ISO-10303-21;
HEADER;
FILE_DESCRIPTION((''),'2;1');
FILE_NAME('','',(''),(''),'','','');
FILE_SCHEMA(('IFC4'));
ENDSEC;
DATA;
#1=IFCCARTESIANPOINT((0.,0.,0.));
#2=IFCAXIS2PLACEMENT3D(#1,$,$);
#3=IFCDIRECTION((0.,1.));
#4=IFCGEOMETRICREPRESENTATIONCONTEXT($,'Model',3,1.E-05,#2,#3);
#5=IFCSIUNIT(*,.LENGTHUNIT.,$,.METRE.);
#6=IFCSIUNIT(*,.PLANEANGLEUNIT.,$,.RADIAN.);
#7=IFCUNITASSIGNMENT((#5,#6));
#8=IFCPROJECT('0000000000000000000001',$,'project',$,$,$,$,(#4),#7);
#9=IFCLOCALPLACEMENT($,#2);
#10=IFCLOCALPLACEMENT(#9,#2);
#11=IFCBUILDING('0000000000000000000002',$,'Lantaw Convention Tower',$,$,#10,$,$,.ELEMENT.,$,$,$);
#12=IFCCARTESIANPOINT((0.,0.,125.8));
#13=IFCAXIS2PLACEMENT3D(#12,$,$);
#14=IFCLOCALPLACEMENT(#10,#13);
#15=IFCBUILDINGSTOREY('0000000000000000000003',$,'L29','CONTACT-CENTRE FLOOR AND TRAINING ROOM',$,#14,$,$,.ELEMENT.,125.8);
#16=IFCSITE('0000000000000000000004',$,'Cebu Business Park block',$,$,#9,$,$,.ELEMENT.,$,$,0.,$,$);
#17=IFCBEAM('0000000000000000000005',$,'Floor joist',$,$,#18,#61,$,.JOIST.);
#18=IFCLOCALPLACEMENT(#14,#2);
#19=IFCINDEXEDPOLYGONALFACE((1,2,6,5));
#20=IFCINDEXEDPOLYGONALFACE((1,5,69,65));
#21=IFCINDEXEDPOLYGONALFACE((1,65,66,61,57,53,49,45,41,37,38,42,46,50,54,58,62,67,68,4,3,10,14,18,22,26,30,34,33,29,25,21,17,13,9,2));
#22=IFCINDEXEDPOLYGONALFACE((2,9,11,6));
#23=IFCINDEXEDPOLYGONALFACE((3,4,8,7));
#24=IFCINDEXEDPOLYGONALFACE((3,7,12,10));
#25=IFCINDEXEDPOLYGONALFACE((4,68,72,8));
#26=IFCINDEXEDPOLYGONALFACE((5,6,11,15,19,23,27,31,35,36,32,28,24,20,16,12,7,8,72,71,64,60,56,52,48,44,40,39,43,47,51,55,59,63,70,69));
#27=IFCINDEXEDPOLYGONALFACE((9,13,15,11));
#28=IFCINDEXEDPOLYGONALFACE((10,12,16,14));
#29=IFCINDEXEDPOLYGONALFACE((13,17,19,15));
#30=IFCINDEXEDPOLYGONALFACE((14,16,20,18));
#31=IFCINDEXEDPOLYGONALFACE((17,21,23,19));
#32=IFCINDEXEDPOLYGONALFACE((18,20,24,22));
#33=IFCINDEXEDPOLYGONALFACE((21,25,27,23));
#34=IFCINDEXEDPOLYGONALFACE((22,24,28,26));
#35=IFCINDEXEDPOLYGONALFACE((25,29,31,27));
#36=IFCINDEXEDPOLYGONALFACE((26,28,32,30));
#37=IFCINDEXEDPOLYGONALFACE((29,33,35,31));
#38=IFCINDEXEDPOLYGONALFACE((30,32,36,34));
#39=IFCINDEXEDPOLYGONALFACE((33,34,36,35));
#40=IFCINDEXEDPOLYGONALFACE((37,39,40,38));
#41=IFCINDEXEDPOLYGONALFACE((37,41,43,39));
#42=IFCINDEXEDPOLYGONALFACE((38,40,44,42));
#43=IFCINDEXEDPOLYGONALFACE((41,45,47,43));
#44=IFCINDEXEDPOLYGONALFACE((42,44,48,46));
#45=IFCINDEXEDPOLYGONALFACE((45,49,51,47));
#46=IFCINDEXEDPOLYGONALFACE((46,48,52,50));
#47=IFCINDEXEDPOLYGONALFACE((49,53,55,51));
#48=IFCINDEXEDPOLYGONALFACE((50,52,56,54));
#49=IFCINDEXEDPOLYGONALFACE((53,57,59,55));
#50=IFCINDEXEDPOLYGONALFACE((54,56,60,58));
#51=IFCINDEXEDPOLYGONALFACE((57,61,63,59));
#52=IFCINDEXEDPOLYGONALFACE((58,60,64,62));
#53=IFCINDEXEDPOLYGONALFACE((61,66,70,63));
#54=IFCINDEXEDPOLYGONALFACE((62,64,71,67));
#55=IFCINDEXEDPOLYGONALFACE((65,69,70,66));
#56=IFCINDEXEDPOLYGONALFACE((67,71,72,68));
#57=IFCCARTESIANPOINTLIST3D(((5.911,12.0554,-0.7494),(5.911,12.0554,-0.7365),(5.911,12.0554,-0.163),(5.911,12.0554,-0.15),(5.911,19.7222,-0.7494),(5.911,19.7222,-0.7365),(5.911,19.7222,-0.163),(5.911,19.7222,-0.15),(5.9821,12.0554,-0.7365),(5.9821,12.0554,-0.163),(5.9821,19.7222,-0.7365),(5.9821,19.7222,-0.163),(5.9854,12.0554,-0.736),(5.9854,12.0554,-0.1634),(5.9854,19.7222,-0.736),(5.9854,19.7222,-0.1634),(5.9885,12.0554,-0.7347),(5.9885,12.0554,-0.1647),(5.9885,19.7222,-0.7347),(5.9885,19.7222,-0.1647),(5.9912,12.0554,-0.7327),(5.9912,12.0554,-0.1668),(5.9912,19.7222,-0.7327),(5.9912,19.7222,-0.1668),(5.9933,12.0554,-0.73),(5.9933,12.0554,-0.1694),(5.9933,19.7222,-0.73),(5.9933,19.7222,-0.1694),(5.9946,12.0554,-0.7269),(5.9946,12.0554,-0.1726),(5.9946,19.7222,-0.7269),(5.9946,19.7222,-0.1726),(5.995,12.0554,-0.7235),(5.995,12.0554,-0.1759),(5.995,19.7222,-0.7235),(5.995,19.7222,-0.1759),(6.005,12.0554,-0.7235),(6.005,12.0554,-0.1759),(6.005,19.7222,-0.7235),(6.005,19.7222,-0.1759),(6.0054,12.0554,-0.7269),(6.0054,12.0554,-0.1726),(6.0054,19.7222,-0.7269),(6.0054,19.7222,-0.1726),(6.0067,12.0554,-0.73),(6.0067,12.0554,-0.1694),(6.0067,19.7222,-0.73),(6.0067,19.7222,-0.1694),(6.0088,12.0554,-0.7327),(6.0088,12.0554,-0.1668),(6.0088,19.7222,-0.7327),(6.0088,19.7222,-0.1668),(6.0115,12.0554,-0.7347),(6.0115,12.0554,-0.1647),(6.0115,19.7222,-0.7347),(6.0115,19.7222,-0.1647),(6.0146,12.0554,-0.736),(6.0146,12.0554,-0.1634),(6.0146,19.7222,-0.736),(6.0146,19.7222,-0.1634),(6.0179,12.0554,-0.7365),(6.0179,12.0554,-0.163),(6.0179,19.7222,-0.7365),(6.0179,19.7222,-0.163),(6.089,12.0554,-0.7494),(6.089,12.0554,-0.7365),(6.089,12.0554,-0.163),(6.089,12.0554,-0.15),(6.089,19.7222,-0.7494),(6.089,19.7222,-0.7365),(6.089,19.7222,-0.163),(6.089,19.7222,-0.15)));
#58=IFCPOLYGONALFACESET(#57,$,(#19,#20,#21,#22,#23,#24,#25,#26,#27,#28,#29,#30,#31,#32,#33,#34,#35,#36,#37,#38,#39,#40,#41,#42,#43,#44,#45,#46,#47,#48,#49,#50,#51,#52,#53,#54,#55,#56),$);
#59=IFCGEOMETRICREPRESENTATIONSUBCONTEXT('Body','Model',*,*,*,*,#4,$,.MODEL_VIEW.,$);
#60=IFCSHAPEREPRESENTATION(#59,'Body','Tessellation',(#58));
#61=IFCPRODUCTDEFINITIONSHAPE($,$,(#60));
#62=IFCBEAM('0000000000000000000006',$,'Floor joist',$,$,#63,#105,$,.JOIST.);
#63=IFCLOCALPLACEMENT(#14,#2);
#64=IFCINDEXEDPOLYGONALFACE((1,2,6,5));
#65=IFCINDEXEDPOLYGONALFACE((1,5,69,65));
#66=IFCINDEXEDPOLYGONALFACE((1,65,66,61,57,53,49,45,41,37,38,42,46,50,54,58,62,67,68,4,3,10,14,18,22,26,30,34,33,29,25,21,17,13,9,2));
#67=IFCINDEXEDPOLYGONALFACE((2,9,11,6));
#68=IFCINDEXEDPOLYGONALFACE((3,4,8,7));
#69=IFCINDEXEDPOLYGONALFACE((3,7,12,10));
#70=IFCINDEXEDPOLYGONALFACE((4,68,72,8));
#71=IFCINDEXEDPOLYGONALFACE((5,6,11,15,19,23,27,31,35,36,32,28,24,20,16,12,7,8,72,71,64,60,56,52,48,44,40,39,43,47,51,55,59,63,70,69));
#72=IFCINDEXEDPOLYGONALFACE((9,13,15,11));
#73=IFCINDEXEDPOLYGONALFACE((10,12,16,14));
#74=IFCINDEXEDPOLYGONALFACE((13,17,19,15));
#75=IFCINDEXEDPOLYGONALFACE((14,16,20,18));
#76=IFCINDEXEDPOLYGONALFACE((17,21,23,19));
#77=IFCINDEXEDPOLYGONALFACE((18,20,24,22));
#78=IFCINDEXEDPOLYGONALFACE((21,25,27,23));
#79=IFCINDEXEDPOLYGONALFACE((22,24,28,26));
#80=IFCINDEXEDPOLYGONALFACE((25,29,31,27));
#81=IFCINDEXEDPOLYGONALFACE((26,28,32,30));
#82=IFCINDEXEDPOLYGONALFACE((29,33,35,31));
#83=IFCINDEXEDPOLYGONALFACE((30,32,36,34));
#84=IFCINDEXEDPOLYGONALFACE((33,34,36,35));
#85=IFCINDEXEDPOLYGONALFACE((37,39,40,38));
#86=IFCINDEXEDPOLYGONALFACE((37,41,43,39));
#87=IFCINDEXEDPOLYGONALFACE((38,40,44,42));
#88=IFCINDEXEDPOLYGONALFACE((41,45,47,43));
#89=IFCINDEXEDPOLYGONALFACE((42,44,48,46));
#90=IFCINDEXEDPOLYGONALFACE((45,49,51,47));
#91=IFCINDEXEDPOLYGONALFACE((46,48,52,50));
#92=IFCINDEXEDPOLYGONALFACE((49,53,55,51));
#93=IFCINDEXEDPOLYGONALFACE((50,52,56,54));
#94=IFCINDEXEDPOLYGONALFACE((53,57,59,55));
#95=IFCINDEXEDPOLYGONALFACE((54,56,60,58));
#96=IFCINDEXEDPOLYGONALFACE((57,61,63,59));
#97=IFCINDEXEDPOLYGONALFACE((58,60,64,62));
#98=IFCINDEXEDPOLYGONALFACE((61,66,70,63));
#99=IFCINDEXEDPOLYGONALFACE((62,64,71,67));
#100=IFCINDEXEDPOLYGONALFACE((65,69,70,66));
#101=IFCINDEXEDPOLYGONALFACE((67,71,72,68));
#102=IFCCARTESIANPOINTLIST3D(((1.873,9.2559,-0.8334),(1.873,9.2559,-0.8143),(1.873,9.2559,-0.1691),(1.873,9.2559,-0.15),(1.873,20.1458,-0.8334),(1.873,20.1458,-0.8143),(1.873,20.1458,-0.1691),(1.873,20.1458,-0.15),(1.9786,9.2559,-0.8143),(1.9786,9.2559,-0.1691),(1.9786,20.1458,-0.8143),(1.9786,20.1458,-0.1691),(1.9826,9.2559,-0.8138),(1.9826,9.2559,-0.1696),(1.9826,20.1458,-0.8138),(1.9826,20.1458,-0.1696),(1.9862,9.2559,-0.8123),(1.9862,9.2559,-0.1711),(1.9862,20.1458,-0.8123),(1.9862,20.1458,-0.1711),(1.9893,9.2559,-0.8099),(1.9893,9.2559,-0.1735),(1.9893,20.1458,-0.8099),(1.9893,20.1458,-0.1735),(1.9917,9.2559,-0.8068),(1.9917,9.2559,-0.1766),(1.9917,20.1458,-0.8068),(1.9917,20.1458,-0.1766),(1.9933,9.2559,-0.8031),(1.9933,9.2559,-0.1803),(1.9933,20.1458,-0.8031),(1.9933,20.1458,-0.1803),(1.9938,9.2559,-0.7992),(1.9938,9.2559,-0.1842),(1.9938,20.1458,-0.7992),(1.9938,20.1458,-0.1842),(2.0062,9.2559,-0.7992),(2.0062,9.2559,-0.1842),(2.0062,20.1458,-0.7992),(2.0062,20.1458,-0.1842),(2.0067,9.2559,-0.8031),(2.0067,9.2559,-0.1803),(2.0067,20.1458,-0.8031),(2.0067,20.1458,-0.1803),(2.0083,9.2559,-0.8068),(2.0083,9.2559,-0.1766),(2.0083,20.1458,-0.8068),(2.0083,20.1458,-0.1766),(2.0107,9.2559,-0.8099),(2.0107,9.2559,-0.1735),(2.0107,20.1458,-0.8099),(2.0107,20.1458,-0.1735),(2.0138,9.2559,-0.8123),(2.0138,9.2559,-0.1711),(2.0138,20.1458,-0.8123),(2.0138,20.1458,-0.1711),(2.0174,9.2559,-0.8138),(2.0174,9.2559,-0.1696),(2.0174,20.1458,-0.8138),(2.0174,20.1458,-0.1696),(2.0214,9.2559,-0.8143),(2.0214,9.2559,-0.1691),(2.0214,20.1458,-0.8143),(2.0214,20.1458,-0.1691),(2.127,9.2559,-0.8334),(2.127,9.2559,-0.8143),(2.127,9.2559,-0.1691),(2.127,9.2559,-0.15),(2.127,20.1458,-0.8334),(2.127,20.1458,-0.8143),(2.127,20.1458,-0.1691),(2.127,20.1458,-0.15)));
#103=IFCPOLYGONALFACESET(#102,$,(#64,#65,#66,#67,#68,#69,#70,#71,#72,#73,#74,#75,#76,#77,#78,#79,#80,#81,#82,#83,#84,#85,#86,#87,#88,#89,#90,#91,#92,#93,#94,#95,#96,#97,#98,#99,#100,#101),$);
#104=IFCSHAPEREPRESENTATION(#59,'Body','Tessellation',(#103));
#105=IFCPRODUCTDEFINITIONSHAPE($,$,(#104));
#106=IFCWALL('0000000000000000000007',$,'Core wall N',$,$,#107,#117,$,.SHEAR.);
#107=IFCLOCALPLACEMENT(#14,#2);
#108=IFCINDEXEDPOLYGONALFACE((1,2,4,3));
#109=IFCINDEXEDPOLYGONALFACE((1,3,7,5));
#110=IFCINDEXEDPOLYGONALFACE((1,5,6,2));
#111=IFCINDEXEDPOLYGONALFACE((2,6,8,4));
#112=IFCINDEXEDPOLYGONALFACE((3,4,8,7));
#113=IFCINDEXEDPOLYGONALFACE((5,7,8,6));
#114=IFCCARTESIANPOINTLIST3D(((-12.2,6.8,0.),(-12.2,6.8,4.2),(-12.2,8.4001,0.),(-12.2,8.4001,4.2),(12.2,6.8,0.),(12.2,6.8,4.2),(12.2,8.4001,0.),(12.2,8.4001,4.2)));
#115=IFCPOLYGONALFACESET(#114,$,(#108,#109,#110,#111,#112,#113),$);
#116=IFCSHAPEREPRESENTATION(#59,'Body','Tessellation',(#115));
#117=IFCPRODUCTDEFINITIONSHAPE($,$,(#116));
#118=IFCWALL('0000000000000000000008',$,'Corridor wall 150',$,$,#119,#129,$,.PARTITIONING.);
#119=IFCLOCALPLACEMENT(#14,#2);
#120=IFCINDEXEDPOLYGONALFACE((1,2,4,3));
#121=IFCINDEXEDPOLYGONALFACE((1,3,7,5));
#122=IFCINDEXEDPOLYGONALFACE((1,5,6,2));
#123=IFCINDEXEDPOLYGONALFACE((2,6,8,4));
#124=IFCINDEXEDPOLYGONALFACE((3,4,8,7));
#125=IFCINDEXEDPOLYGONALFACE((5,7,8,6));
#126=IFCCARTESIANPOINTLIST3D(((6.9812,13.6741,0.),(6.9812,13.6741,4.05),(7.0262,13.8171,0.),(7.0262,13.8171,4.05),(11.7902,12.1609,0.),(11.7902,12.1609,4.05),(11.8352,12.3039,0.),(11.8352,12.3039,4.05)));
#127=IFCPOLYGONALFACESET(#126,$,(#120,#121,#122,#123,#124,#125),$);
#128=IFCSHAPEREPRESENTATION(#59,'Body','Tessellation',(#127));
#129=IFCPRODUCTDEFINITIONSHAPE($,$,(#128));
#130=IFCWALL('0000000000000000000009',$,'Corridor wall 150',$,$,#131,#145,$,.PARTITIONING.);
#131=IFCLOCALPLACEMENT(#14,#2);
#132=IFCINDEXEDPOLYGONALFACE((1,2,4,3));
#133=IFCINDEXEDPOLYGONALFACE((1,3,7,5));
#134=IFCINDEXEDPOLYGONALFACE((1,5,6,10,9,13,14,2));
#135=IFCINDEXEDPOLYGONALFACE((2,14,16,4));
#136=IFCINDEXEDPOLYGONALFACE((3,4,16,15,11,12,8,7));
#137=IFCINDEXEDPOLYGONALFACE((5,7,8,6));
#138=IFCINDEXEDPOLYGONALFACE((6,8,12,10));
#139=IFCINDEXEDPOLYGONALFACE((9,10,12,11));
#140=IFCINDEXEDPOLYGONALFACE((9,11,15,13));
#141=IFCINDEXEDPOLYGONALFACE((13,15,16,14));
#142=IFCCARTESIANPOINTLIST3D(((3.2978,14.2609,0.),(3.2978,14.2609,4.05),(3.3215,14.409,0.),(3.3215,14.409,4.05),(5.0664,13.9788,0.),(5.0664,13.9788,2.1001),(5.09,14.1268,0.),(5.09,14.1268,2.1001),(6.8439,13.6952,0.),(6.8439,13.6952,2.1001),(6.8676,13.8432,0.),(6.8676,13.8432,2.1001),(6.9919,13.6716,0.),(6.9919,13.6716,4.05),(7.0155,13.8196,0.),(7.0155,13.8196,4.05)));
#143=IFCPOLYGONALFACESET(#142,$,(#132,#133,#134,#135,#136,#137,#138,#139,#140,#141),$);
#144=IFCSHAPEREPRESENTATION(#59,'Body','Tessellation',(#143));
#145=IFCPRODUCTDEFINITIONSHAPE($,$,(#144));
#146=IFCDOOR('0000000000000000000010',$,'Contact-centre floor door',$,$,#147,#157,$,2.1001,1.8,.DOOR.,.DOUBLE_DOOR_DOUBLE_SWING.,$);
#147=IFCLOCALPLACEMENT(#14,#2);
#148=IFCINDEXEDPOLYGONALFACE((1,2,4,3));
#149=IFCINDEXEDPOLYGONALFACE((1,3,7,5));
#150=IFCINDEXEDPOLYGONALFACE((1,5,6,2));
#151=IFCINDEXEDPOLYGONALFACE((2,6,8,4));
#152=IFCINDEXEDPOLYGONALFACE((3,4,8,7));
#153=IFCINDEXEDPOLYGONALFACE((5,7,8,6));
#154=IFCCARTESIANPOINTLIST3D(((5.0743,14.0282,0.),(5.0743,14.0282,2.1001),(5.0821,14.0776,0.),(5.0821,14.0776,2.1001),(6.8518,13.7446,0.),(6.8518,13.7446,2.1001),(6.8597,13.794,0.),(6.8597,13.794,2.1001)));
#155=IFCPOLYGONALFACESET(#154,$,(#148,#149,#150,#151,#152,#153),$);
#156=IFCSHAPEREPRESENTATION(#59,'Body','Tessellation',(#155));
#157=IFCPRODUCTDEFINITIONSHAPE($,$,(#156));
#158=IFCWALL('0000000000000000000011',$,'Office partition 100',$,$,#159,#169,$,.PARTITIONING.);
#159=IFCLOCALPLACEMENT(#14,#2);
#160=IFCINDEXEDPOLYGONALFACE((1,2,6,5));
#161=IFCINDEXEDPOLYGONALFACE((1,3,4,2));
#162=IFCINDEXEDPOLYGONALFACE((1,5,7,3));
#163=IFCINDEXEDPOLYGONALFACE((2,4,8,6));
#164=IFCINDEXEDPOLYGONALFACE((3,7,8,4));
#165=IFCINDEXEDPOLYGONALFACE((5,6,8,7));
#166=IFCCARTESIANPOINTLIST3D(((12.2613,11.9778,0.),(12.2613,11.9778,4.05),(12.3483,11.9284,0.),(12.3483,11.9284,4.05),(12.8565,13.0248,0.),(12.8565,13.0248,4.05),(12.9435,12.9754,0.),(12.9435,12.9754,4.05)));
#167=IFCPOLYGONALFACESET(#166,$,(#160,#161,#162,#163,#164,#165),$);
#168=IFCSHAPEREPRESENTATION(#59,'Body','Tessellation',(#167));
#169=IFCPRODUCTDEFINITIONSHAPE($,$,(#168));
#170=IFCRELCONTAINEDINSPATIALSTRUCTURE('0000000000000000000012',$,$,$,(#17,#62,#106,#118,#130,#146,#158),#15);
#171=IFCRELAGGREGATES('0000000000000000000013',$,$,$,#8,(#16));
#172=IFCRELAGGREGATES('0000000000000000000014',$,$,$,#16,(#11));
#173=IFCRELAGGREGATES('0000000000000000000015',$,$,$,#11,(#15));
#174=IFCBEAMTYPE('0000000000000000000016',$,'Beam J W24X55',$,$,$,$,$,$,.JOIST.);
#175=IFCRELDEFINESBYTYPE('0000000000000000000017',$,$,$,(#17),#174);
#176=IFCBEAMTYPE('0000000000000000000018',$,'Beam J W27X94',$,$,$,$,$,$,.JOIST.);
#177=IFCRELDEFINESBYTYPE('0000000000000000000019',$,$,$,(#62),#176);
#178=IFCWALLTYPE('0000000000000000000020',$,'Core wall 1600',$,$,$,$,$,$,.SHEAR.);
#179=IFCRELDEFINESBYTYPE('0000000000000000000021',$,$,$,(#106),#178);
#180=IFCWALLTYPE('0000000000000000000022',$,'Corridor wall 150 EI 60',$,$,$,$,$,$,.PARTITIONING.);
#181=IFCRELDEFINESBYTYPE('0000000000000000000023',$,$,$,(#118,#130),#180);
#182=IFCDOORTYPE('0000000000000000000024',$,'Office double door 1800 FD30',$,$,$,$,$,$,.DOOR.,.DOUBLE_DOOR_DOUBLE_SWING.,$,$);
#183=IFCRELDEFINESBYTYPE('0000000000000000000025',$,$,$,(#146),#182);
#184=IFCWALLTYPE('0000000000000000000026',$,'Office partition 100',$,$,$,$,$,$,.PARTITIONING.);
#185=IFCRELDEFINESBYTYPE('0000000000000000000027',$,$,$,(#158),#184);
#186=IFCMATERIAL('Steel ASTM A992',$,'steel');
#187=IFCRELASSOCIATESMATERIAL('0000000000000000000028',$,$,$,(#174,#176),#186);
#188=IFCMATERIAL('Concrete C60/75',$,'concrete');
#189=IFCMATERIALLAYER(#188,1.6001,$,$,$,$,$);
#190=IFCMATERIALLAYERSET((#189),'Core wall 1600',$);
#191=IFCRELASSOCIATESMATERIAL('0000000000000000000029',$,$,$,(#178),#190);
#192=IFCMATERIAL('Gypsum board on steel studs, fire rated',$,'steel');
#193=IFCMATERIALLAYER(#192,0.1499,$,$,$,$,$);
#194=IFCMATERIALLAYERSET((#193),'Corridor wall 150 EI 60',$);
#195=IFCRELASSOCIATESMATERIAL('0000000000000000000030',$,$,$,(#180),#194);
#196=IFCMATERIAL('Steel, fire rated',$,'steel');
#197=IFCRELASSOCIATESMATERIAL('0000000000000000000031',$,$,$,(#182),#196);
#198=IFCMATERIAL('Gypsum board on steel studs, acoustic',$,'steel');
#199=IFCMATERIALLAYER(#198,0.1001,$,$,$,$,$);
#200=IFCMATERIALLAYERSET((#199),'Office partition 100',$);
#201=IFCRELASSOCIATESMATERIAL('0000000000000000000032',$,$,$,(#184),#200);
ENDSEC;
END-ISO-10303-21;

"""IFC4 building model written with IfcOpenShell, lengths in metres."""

from ifc_helpers import new_model, si_unit, direction, frame, frame_2d, origin, origin_2d, place, context, subcontext, project, spatial, rectangle, i_section, extrude, material, layer, layer_set, material_profile, profile_set, type_object, element, fill, save


model = new_model("IFC4")

# Units and contexts
model_context = context("Model", 3, precision=1e-05, world=origin(), true_north=direction((0.0, 1.0)))
body_context = subcontext(model_context, "Body", "Model", "MODEL_VIEW")
ifc_project = project(units=[si_unit("LENGTHUNIT", "METRE"), si_unit("PLANEANGLEUNIT", "RADIAN")], contexts=[model_context])

# Site, building, storey
site_placement = place(None, origin())
site = spatial("IfcSite", under=ifc_project, at=site_placement, Name="Cebu Business Park block", CompositionType="ELEMENT", RefElevation=0.0)
building_placement = place(site_placement, origin())
building = spatial("IfcBuilding", under=site, at=building_placement, Name="Lantaw Convention Tower", CompositionType="ELEMENT")
storey_placement = place(building_placement, frame((0.0, 0.0, 125.8)))
storey = spatial("IfcBuildingStorey", under=building, at=storey_placement, Name="L29", Description="CONTACT-CENTRE FLOOR AND TRAINING ROOM", CompositionType="ELEMENT", Elevation=125.8)

# Beams
ifc_material_1 = material(Name="Steel ASTM A992", Category="steel")
ifc_material_profile_1 = material_profile(ifc_material_1, i_section(OverallWidth=0.178, OverallDepth=0.5994, WebThickness=0.01, FlangeThickness=0.0129, FilletRadius=0.0129, at=origin_2d()), Name="W24X55")
ifc_profile_set_1 = profile_set([ifc_material_profile_1], Name="Steel ASTM A992")
beam_type_1 = type_object("IfcBeamType", Name="Beam J W24X55", PredefinedType="JOIST", material=ifc_profile_set_1)
beam_1_placement = place(storey_placement, frame((6.0, 12.0554, -0.4497), z_axis=(0.0, 1.0, 0.0), x_axis=(-1.0, 0.0, 0.0)))
element("IfcBeam", 1, at=beam_1_placement, inside=storey, type_object=beam_type_1, Name="Floor joist", PredefinedType="JOIST", context=body_context, shape_type="SweptSolid", body=[
    extrude(i_section(OverallWidth=0.178, OverallDepth=0.5994, WebThickness=0.01, FlangeThickness=0.0129, FilletRadius=0.0129, at=origin_2d()), origin(), (0.0, 0.0, 1.0), 7.6667),
])
ifc_material_profile_2 = material_profile(ifc_material_1, i_section(OverallWidth=0.2539, OverallDepth=0.6833, WebThickness=0.0125, FlangeThickness=0.019, FilletRadius=0.0151, at=origin_2d()), Name="W27X94")
ifc_profile_set_2 = profile_set([ifc_material_profile_2], Name="Steel ASTM A992")
beam_type_2 = type_object("IfcBeamType", Name="Beam J W27X94", PredefinedType="JOIST", material=ifc_profile_set_2)
beam_2_placement = place(storey_placement, frame((2.0, 9.2559, -0.4917), z_axis=(0.0, 1.0, 0.0), x_axis=(-1.0, 0.0, 0.0)))
element("IfcBeam", 2, at=beam_2_placement, inside=storey, type_object=beam_type_2, Name="Floor joist", PredefinedType="JOIST", context=body_context, shape_type="SweptSolid", body=[
    extrude(i_section(OverallWidth=0.2539, OverallDepth=0.6833, WebThickness=0.0125, FlangeThickness=0.019, FilletRadius=0.0151, at=origin_2d()), origin(), (0.0, 0.0, 1.0), 10.8899),
])

# Walls
ifc_material_2 = material(Name="Concrete C60/75", Category="concrete")
ifc_layer_1 = layer(ifc_material_2, 1.6001)
ifc_layer_set_1 = layer_set([ifc_layer_1], Name="Core wall 1600")
wall_type_1 = type_object("IfcWallType", Name="Core wall 1600", PredefinedType="SHEAR", material=ifc_layer_set_1)
wall_1_placement = place(storey_placement, frame((12.2, 7.6001, 0.0), z_axis=(0.0, 0.0, 1.0), x_axis=(-1.0, 0.0, 0.0)))
element("IfcWall", 3, at=wall_1_placement, inside=storey, type_object=wall_type_1, Name="Core wall N", PredefinedType="SHEAR", context=body_context, shape_type="SweptSolid", body=[
    extrude(rectangle(XDim=24.3999, YDim=1.6001, at=frame_2d((12.2, 0.0))), origin(), (0.0, 0.0, 1.0), 4.2),
])
ifc_material_3 = material(Name="Gypsum board on steel studs, fire rated", Category="steel")
ifc_layer_2 = layer(ifc_material_3, 0.1499)
ifc_layer_set_2 = layer_set([ifc_layer_2], Name="Corridor wall 150 EI 60")
wall_type_2 = type_object("IfcWallType", Name="Corridor wall 150 EI 60", PredefinedType="PARTITIONING", material=ifc_layer_set_2)
wall_2_placement = place(storey_placement, frame((11.8127, 12.2324, 0.0), z_axis=(0.0, 0.0, 1.0), x_axis=(-0.953894, 0.300144, 0.0)))
element("IfcWall", 4, at=wall_2_placement, inside=storey, type_object=wall_type_2, Name="Corridor wall 150", PredefinedType="PARTITIONING", context=body_context, shape_type="SweptSolid", body=[
    extrude(rectangle(XDim=5.0415, YDim=0.1499, at=frame_2d((2.5208, 0.0))), origin(), (0.0, 0.0, 1.0), 4.05),
])

# Wall, opening, door
wall_3_placement = place(storey_placement, frame((7.0037, 13.7456, 0.0), z_axis=(0.0, 0.0, 1.0), x_axis=(-0.987511, 0.157548, 0.0)))
wall_3 = element("IfcWall", 5, at=wall_3_placement, inside=storey, type_object=wall_type_2, Name="Corridor wall 150", PredefinedType="PARTITIONING", context=body_context, shape_type="SweptSolid", body=[
    extrude(rectangle(XDim=3.7407, YDim=0.1499, at=frame_2d((1.8704, 0.0))), origin(), (0.0, 0.0, 1.0), 4.05),
])
opening_1_placement = place(wall_3_placement, frame((0.1499, 0.0, 0.0)))
opening_1 = element("IfcOpeningElement", 6, at=opening_1_placement, cuts=wall_3, PredefinedType="OPENING", context=body_context, shape_type="SweptSolid", body=[
    extrude(rectangle(XDim=1.8, YDim=2.1001, at=frame_2d((0.8999, 1.05))), frame((0.0, 0.085, 0.0), z_axis=(0.0, -1.0, 0.0), x_axis=(1.0, 0.0, 0.0)), (0.0, 0.0, 1.0), 0.1699),
])
ifc_material_4 = material(Name="Steel, fire rated", Category="steel")
door_type_1 = type_object("IfcDoorType", Name="Office double door 1800 FD30", OperationType="DOUBLE_DOOR_DOUBLE_SWING", PredefinedType="DOOR", material=ifc_material_4)
door_1_placement = place(opening_1_placement, origin())
door_1 = element("IfcDoor", 7, at=door_1_placement, inside=storey, type_object=door_type_1, Name="Contact-centre floor door", OperationType="DOUBLE_DOOR_DOUBLE_SWING", OverallHeight=2.1001, OverallWidth=1.8, PredefinedType="DOOR", context=body_context, shape_type="SweptSolid", body=[
    extrude(rectangle(XDim=1.8, YDim=2.1001, at=frame_2d((0.8999, 1.05))), frame((0.0, 0.0249, 0.0), z_axis=(0.0, -1.0, 0.0), x_axis=(1.0, 0.0, 0.0)), (0.0, 0.0, 1.0), 0.05),
])
fill(opening_1, door_1)

# Wall
ifc_material_5 = material(Name="Gypsum board on steel studs, acoustic", Category="steel")
ifc_layer_3 = layer(ifc_material_5, 0.1001)
ifc_layer_set_3 = layer_set([ifc_layer_3], Name="Office partition 100")
wall_type_3 = type_object("IfcWallType", Name="Office partition 100", PredefinedType="PARTITIONING", material=ifc_layer_set_3)
wall_4_placement = place(storey_placement, frame((12.8999, 13.0, 0.0), z_axis=(0.0, 0.0, 1.0), x_axis=(-0.494173, -0.869364, 0.0)))
element("IfcWall", 8, at=wall_4_placement, inside=storey, type_object=wall_type_3, Name="Office partition 100", PredefinedType="PARTITIONING", context=body_context, shape_type="SweptSolid", body=[
    extrude(rectangle(XDim=1.2043, YDim=0.1001, at=frame_2d((0.6021, 0.0))), origin(), (0.0, 0.0, 1.0), 4.05),
])

save(model, "model.ifc")
